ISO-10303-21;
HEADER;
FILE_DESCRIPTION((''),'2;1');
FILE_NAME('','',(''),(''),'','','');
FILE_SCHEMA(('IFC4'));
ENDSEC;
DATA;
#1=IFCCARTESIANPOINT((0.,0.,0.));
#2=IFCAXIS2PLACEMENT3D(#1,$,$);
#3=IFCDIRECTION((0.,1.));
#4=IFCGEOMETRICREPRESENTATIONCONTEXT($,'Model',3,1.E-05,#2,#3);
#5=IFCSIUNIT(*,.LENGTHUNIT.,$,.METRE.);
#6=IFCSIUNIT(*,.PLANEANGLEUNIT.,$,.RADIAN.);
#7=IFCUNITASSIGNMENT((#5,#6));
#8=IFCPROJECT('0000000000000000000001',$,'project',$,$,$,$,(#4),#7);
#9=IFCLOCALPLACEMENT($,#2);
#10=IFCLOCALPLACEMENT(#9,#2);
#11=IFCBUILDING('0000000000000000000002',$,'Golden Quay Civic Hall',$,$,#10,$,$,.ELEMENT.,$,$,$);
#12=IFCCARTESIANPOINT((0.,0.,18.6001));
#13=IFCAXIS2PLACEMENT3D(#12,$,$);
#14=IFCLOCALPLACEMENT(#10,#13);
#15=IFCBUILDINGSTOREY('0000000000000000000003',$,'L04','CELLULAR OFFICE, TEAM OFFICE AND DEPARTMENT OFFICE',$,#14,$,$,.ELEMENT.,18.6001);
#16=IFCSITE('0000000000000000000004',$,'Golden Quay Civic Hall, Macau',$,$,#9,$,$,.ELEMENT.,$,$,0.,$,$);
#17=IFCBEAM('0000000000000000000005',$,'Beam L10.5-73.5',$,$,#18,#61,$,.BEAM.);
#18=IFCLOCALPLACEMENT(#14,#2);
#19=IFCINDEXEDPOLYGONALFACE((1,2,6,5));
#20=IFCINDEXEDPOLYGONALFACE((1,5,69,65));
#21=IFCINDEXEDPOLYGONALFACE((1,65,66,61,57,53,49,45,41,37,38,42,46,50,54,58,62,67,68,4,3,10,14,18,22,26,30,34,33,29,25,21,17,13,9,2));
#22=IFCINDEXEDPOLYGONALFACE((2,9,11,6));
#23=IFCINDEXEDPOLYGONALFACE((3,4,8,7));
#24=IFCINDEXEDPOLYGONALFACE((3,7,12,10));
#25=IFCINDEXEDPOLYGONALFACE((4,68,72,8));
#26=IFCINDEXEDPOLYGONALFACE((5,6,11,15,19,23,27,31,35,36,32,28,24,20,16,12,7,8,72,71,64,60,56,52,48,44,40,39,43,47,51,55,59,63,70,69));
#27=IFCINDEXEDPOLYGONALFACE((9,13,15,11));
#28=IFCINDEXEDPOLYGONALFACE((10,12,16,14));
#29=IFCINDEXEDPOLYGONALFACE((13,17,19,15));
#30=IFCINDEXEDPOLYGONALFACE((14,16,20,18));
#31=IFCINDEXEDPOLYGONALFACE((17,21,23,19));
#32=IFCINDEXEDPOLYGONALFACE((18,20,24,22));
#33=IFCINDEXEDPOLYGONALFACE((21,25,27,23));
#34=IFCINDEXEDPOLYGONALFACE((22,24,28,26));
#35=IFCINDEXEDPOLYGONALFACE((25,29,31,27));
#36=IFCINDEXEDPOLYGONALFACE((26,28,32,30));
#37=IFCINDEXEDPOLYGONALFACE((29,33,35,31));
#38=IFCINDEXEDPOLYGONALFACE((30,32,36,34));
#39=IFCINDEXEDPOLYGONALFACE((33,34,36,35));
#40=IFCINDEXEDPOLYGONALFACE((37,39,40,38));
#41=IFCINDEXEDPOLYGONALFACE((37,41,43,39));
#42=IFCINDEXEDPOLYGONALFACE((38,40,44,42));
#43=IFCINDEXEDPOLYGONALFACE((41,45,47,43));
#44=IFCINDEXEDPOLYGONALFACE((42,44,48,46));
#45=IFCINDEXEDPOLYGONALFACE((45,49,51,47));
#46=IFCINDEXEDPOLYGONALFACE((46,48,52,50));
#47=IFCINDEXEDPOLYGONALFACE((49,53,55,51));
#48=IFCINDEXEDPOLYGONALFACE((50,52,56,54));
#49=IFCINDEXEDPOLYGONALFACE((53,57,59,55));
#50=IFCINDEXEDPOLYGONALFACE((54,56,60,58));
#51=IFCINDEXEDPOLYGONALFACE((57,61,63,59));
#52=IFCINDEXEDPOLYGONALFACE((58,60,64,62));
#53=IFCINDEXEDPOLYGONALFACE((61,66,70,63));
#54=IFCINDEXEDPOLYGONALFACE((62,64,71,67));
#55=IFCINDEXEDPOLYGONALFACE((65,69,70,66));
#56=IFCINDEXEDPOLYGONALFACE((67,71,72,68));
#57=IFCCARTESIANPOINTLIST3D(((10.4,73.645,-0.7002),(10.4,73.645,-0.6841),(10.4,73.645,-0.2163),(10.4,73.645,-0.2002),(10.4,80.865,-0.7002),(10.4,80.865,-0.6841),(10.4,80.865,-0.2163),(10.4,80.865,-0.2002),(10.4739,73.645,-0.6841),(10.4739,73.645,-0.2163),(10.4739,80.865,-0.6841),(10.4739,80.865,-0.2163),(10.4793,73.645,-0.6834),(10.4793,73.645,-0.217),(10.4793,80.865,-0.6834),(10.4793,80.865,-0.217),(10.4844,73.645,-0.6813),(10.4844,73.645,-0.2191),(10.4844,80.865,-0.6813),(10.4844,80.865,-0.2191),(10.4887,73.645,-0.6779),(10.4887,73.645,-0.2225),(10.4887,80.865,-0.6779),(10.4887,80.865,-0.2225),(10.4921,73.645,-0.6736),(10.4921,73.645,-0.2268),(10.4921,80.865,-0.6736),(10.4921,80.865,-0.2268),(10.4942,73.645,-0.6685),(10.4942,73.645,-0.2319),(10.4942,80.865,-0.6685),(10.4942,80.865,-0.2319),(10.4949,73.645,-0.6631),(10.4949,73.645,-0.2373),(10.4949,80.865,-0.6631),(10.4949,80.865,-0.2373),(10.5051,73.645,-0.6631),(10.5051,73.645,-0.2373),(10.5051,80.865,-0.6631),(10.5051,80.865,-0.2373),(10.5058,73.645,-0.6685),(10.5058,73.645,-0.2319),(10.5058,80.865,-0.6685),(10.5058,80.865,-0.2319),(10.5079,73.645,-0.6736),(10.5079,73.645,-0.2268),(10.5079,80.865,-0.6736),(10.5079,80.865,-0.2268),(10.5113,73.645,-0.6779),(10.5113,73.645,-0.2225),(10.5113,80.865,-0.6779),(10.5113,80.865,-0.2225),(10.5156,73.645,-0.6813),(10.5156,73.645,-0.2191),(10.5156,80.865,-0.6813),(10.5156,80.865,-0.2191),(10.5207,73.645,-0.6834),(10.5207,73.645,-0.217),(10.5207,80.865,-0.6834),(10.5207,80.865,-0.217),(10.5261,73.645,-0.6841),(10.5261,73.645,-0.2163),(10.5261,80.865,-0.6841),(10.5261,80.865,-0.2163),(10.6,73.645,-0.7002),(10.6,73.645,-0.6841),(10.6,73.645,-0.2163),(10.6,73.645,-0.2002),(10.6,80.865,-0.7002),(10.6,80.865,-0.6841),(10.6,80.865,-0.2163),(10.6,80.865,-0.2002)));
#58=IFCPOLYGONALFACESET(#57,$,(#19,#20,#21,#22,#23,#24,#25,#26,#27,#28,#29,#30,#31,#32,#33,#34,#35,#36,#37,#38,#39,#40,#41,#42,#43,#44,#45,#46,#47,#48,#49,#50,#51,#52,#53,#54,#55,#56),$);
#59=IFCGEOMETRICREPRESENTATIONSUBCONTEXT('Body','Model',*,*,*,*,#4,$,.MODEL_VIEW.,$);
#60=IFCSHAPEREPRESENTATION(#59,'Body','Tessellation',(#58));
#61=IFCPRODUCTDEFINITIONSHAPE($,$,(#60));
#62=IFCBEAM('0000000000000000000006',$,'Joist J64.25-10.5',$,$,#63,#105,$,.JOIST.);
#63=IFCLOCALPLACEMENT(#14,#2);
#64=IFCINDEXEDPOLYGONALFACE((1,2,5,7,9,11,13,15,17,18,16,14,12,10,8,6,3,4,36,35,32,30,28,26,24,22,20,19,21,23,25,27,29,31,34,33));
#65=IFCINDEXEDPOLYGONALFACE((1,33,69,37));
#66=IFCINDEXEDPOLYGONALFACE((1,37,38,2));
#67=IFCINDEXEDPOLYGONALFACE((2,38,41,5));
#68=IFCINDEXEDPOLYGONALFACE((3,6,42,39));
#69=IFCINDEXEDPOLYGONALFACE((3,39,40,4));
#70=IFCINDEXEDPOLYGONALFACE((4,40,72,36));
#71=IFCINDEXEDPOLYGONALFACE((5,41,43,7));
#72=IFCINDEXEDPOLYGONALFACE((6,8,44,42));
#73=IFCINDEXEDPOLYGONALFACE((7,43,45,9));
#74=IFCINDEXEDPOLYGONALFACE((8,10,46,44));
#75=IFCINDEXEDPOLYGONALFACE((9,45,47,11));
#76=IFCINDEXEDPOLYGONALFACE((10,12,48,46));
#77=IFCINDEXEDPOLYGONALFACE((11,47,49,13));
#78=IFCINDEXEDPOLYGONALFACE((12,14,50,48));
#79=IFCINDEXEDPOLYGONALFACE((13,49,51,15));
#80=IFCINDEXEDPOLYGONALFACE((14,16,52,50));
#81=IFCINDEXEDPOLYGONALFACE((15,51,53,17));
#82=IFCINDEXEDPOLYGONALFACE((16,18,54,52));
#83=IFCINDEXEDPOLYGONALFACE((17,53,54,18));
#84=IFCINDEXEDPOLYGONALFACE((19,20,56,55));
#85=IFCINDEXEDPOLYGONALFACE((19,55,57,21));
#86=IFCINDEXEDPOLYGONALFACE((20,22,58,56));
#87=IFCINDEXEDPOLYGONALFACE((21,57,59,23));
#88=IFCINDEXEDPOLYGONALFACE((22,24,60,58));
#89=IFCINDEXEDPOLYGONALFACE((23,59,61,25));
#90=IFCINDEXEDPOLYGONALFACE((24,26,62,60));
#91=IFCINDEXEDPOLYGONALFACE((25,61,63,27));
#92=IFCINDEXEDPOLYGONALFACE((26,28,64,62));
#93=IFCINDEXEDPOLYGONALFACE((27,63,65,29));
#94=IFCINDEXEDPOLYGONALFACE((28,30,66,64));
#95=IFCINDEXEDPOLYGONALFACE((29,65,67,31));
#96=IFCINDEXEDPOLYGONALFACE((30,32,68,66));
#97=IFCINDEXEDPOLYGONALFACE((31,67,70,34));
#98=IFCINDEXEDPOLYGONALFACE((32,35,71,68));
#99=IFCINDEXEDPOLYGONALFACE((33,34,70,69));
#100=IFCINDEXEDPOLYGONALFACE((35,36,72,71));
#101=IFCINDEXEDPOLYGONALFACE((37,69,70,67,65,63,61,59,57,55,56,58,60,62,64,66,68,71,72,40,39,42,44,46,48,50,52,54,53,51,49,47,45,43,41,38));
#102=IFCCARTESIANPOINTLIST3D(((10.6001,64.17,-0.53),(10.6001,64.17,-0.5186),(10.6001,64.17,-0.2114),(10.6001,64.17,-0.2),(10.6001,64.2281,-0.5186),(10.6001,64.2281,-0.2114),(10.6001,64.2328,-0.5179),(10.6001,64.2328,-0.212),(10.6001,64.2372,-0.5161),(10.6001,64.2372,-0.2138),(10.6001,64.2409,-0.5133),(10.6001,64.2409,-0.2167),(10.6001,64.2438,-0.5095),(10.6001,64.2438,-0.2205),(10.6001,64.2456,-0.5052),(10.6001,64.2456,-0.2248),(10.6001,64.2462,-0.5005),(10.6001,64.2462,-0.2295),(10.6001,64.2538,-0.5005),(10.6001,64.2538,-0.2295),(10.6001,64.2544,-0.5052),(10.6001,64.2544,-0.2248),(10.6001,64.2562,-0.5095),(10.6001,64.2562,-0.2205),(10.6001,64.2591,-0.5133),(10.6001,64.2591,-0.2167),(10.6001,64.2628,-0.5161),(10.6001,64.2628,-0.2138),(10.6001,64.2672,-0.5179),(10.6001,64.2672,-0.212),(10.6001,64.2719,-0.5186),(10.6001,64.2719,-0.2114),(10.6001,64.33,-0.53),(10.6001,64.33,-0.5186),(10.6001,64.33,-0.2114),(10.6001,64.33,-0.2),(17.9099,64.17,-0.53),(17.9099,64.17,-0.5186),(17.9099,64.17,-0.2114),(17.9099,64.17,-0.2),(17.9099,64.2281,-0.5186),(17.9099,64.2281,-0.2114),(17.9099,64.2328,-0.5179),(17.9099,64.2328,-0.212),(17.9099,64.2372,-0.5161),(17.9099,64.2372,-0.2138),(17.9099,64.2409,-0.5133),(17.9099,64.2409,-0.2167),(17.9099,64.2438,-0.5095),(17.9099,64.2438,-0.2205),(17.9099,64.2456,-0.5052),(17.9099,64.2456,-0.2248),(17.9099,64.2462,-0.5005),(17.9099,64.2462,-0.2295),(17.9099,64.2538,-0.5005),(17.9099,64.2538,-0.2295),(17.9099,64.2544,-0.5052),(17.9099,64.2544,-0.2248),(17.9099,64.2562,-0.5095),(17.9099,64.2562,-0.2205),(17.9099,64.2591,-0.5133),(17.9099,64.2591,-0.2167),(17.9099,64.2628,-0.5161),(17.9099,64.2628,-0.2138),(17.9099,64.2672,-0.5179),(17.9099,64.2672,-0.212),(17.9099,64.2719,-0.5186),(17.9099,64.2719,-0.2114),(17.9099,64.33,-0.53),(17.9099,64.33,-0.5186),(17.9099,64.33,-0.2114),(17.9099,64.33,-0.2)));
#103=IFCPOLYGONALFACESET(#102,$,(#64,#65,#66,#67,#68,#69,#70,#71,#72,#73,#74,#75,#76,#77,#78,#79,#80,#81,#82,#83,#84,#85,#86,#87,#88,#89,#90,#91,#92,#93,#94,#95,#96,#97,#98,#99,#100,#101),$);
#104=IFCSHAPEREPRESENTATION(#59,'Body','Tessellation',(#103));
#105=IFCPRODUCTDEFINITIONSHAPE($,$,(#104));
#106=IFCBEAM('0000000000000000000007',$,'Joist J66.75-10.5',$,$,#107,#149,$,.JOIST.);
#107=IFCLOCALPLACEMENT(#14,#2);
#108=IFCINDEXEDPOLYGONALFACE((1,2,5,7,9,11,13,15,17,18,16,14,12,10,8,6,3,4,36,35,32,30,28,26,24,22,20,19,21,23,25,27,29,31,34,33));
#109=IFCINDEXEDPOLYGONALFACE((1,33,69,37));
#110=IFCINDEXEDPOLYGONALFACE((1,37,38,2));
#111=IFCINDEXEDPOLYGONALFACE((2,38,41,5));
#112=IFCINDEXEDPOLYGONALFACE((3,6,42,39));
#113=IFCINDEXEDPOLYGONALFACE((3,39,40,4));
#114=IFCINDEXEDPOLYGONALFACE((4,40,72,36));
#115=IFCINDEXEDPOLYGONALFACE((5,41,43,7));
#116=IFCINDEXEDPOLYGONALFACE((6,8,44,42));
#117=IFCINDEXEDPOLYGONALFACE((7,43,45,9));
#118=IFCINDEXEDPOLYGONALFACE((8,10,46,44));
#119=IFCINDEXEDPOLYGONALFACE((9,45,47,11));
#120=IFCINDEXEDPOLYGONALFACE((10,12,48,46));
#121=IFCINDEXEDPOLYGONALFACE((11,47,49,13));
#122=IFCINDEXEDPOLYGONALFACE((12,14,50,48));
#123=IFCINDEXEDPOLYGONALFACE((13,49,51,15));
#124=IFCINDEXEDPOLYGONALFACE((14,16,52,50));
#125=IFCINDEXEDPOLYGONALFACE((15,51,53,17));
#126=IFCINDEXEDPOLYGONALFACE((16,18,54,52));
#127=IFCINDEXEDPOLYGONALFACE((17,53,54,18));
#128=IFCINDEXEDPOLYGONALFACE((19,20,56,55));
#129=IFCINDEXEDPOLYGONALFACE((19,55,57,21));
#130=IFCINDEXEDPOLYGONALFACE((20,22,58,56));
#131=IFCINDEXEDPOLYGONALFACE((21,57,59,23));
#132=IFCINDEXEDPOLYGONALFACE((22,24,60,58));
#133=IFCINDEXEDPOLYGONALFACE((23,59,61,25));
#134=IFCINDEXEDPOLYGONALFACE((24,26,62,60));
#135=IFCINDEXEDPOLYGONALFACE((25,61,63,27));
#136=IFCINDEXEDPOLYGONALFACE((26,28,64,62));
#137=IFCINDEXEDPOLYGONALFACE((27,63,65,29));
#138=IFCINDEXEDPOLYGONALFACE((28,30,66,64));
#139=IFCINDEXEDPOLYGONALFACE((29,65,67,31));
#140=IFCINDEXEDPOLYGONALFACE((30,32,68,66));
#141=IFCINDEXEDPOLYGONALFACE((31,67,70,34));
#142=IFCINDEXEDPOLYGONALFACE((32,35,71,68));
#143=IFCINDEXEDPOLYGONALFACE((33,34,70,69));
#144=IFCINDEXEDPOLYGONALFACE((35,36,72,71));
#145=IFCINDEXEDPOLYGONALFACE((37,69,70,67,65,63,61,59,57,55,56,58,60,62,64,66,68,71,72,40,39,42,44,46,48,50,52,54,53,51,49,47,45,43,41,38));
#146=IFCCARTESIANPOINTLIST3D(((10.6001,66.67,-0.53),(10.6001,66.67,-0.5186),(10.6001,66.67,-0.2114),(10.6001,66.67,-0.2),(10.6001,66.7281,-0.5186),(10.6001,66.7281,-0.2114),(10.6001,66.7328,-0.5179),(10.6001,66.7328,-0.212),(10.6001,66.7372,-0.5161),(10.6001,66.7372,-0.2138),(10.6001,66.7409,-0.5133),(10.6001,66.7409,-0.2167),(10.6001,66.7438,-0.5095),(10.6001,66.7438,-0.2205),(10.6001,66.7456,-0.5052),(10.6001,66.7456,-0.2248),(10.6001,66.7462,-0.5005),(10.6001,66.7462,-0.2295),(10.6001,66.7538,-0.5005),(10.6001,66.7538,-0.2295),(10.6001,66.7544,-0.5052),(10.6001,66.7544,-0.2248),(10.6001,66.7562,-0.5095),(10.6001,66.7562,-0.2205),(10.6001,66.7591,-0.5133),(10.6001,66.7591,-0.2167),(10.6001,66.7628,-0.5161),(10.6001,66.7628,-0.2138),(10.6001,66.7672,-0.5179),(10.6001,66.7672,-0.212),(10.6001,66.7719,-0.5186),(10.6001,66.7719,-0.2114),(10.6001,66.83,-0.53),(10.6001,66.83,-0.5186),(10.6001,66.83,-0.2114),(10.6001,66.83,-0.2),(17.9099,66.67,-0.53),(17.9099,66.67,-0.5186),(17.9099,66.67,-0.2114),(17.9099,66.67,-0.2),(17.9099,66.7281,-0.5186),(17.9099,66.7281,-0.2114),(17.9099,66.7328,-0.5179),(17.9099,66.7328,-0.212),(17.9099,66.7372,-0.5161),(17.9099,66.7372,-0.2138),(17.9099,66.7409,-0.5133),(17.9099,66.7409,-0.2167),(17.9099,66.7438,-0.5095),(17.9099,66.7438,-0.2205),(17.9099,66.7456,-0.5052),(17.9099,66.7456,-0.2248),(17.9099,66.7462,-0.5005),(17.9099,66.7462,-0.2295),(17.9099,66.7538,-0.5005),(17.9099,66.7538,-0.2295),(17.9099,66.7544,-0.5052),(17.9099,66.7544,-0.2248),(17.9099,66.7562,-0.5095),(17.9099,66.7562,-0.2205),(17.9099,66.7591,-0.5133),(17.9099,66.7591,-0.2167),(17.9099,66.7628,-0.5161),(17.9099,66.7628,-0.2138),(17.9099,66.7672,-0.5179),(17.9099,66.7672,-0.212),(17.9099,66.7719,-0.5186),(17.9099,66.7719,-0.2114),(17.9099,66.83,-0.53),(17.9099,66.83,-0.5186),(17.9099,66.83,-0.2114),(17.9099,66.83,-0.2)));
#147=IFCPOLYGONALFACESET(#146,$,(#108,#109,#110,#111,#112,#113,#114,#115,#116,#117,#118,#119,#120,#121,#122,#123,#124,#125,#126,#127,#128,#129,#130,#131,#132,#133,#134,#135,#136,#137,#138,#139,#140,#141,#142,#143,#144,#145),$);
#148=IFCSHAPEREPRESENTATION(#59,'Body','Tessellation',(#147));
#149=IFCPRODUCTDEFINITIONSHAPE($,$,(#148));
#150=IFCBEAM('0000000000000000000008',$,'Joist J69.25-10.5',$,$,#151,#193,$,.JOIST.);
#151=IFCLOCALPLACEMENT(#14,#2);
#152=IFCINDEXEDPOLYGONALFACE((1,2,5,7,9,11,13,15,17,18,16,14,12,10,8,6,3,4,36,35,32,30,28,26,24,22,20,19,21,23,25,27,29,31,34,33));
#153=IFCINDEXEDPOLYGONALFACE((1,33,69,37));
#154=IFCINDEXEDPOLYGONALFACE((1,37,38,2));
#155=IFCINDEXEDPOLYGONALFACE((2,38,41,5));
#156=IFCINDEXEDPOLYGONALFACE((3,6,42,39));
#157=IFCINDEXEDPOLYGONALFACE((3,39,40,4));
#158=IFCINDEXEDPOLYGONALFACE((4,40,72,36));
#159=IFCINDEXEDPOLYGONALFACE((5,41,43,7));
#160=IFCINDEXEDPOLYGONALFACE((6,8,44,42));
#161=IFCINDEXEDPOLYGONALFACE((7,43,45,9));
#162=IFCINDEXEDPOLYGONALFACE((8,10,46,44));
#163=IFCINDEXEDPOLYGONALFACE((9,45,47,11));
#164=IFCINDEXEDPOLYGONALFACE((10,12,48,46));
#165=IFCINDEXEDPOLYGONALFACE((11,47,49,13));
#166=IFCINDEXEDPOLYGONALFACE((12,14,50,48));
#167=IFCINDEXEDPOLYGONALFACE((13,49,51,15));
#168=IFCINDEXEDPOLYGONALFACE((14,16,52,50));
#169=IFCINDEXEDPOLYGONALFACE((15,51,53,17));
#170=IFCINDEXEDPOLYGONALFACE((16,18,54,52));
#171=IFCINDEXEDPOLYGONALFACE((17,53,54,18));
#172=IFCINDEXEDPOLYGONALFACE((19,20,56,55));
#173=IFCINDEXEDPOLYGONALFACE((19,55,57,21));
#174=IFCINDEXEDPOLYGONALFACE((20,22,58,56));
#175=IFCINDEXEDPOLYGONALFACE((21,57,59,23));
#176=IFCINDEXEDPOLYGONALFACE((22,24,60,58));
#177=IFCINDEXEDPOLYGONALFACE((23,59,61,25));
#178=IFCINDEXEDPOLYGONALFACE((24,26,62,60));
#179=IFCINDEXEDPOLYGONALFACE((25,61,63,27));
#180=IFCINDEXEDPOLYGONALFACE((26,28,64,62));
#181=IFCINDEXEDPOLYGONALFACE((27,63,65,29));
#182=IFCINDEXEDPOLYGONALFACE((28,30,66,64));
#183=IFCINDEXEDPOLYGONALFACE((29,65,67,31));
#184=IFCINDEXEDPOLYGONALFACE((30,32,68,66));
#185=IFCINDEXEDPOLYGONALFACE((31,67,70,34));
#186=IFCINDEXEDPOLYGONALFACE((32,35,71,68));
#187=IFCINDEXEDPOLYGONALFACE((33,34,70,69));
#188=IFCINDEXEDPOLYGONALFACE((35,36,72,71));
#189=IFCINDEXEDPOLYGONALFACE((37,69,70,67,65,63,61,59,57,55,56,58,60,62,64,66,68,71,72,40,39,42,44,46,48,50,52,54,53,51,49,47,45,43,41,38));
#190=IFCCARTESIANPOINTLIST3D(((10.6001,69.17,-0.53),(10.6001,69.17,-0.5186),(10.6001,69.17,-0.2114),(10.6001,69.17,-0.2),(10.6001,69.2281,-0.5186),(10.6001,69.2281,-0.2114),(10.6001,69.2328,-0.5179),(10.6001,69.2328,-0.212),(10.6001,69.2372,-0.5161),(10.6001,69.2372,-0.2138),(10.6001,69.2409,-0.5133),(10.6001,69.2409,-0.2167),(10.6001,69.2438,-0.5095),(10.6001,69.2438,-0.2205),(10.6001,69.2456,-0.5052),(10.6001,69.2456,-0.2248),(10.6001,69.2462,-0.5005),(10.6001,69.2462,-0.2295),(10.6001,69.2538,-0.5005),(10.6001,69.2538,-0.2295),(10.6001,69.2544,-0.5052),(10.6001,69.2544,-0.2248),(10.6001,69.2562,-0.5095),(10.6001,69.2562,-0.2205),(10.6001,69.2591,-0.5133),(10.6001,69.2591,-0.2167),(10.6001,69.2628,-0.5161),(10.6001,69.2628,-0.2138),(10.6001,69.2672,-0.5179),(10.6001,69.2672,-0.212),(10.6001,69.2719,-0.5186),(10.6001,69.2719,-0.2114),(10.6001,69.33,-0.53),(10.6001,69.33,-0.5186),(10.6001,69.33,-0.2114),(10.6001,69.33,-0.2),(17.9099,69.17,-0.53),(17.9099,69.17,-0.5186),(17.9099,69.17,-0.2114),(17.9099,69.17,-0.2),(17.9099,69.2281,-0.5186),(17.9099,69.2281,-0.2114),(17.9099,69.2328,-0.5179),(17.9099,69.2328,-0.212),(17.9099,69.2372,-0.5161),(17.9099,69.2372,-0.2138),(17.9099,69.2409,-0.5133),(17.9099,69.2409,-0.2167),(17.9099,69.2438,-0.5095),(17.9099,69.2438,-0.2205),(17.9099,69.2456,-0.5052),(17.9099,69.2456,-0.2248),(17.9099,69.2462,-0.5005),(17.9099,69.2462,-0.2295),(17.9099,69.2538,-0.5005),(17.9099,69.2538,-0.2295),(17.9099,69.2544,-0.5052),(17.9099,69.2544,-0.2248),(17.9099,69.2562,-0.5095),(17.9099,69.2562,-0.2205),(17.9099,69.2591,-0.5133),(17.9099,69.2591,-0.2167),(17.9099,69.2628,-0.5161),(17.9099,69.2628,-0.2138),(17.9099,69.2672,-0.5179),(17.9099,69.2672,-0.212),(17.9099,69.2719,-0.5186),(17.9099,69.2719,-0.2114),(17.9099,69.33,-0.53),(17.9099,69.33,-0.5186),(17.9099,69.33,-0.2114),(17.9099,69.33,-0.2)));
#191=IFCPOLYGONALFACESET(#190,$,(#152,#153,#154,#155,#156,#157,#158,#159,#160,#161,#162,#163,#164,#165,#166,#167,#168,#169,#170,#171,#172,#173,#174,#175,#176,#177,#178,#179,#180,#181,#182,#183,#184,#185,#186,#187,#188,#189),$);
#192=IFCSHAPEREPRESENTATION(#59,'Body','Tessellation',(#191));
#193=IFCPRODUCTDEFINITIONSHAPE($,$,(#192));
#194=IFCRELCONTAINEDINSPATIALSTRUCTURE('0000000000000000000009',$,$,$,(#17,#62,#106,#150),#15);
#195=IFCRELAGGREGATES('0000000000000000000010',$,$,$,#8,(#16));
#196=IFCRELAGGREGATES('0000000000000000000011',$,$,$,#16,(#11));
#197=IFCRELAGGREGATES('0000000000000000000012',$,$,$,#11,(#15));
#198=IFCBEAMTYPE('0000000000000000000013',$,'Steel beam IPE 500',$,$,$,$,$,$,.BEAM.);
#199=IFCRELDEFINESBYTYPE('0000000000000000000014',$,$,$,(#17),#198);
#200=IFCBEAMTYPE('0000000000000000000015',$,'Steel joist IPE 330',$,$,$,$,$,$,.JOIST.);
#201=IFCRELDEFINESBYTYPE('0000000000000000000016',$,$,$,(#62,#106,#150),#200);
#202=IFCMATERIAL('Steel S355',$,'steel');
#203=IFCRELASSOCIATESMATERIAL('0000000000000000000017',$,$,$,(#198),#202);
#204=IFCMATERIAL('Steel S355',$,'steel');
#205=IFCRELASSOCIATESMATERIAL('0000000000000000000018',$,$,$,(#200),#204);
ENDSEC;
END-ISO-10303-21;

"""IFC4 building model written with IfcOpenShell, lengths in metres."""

from ifc_helpers import new_model, si_unit, direction, frame, origin, origin_2d, place, context, subcontext, project, spatial, i_section, extrude, material, material_profile, profile_set, type_object, element, save


model = new_model("IFC4")

# Units and contexts
model_context = context("Model", 3, precision=1e-05, world=origin(), true_north=direction((0.0, 1.0)))
body_context = subcontext(model_context, "Body", "Model", "MODEL_VIEW")
ifc_project = project(units=[si_unit("LENGTHUNIT", "METRE"), si_unit("PLANEANGLEUNIT", "RADIAN")], contexts=[model_context])

# Site, building, storey
site_placement = place(None, origin())
site = spatial("IfcSite", under=ifc_project, at=site_placement, Name="Golden Quay Civic Hall, Macau", CompositionType="ELEMENT", RefElevation=0.0)
building_placement = place(site_placement, origin())
building = spatial("IfcBuilding", under=site, at=building_placement, Name="Golden Quay Civic Hall", CompositionType="ELEMENT")
storey_placement = place(building_placement, frame((0.0, 0.0, 18.6001)))
storey = spatial("IfcBuildingStorey", under=building, at=storey_placement, Name="L04", Description="CELLULAR OFFICE, TEAM OFFICE AND DEPARTMENT OFFICE", CompositionType="ELEMENT", Elevation=18.6001)

# Beams
ifc_material_1 = material(Name="Steel S355", Category="steel")
ifc_material_profile_1 = material_profile(ifc_material_1, i_section(OverallWidth=0.2, OverallDepth=0.5, WebThickness=0.0103, FlangeThickness=0.0161, FilletRadius=0.021, at=origin_2d()), Name="IPE 500")
ifc_profile_set_1 = profile_set([ifc_material_profile_1], Name="Steel S355")
beam_type_1 = type_object("IfcBeamType", Name="Steel beam IPE 500", PredefinedType="BEAM", material=ifc_profile_set_1)
beam_1_placement = place(storey_placement, frame((10.5, 73.645, -0.4502), z_axis=(0.0, 1.0, 0.0), x_axis=(-1.0, 0.0, 0.0)))
element("IfcBeam", 1, at=beam_1_placement, inside=storey, type_object=beam_type_1, Name="Beam L10.5-73.5", PredefinedType="BEAM", context=body_context, shape_type="SweptSolid", body=[
    extrude(i_section(OverallWidth=0.2, OverallDepth=0.5, WebThickness=0.0103, FlangeThickness=0.0161, FilletRadius=0.021, at=origin_2d()), origin(), (0.0, 0.0, 1.0), 7.22),
])
ifc_material_2 = material(Name="Steel S355", Category="steel")
ifc_material_profile_2 = material_profile(ifc_material_2, i_section(OverallWidth=0.1599, OverallDepth=0.3301, WebThickness=0.0076, FlangeThickness=0.0115, FilletRadius=0.0181, at=origin_2d()), Name="IPE 330")
ifc_profile_set_2 = profile_set([ifc_material_profile_2], Name="Steel S355")
beam_type_2 = type_object("IfcBeamType", Name="Steel joist IPE 330", PredefinedType="JOIST", material=ifc_profile_set_2)
for number, where, z_axis, x_axis, name in (
    (2, (10.6001, 64.25, -0.365), (1.0, 0.0, 0.0), (0.0, 1.0, 0.0), "Joist J64.25-10.5"),
    (3, (10.6001, 66.75, -0.365), (1.0, 0.0, 0.0), (0.0, 1.0, 0.0), "Joist J66.75-10.5"),
    (4, (10.6001, 69.25, -0.365), (1.0, 0.0, 0.0), (0.0, 1.0, 0.0), "Joist J69.25-10.5"),
):
    element("IfcBeam", number, at=place(storey_placement, frame(where, z_axis=z_axis, x_axis=x_axis)), inside=storey, type_object=beam_type_2, Name=name, PredefinedType="JOIST", context=body_context, shape_type="SweptSolid", body=[
        extrude(i_section(OverallWidth=0.1599, OverallDepth=0.3301, WebThickness=0.0076, FlangeThickness=0.0115, FilletRadius=0.0181, at=origin_2d()), origin(), (0.0, 0.0, 1.0), 7.3098),
    ])

save(model, "model.ifc")
